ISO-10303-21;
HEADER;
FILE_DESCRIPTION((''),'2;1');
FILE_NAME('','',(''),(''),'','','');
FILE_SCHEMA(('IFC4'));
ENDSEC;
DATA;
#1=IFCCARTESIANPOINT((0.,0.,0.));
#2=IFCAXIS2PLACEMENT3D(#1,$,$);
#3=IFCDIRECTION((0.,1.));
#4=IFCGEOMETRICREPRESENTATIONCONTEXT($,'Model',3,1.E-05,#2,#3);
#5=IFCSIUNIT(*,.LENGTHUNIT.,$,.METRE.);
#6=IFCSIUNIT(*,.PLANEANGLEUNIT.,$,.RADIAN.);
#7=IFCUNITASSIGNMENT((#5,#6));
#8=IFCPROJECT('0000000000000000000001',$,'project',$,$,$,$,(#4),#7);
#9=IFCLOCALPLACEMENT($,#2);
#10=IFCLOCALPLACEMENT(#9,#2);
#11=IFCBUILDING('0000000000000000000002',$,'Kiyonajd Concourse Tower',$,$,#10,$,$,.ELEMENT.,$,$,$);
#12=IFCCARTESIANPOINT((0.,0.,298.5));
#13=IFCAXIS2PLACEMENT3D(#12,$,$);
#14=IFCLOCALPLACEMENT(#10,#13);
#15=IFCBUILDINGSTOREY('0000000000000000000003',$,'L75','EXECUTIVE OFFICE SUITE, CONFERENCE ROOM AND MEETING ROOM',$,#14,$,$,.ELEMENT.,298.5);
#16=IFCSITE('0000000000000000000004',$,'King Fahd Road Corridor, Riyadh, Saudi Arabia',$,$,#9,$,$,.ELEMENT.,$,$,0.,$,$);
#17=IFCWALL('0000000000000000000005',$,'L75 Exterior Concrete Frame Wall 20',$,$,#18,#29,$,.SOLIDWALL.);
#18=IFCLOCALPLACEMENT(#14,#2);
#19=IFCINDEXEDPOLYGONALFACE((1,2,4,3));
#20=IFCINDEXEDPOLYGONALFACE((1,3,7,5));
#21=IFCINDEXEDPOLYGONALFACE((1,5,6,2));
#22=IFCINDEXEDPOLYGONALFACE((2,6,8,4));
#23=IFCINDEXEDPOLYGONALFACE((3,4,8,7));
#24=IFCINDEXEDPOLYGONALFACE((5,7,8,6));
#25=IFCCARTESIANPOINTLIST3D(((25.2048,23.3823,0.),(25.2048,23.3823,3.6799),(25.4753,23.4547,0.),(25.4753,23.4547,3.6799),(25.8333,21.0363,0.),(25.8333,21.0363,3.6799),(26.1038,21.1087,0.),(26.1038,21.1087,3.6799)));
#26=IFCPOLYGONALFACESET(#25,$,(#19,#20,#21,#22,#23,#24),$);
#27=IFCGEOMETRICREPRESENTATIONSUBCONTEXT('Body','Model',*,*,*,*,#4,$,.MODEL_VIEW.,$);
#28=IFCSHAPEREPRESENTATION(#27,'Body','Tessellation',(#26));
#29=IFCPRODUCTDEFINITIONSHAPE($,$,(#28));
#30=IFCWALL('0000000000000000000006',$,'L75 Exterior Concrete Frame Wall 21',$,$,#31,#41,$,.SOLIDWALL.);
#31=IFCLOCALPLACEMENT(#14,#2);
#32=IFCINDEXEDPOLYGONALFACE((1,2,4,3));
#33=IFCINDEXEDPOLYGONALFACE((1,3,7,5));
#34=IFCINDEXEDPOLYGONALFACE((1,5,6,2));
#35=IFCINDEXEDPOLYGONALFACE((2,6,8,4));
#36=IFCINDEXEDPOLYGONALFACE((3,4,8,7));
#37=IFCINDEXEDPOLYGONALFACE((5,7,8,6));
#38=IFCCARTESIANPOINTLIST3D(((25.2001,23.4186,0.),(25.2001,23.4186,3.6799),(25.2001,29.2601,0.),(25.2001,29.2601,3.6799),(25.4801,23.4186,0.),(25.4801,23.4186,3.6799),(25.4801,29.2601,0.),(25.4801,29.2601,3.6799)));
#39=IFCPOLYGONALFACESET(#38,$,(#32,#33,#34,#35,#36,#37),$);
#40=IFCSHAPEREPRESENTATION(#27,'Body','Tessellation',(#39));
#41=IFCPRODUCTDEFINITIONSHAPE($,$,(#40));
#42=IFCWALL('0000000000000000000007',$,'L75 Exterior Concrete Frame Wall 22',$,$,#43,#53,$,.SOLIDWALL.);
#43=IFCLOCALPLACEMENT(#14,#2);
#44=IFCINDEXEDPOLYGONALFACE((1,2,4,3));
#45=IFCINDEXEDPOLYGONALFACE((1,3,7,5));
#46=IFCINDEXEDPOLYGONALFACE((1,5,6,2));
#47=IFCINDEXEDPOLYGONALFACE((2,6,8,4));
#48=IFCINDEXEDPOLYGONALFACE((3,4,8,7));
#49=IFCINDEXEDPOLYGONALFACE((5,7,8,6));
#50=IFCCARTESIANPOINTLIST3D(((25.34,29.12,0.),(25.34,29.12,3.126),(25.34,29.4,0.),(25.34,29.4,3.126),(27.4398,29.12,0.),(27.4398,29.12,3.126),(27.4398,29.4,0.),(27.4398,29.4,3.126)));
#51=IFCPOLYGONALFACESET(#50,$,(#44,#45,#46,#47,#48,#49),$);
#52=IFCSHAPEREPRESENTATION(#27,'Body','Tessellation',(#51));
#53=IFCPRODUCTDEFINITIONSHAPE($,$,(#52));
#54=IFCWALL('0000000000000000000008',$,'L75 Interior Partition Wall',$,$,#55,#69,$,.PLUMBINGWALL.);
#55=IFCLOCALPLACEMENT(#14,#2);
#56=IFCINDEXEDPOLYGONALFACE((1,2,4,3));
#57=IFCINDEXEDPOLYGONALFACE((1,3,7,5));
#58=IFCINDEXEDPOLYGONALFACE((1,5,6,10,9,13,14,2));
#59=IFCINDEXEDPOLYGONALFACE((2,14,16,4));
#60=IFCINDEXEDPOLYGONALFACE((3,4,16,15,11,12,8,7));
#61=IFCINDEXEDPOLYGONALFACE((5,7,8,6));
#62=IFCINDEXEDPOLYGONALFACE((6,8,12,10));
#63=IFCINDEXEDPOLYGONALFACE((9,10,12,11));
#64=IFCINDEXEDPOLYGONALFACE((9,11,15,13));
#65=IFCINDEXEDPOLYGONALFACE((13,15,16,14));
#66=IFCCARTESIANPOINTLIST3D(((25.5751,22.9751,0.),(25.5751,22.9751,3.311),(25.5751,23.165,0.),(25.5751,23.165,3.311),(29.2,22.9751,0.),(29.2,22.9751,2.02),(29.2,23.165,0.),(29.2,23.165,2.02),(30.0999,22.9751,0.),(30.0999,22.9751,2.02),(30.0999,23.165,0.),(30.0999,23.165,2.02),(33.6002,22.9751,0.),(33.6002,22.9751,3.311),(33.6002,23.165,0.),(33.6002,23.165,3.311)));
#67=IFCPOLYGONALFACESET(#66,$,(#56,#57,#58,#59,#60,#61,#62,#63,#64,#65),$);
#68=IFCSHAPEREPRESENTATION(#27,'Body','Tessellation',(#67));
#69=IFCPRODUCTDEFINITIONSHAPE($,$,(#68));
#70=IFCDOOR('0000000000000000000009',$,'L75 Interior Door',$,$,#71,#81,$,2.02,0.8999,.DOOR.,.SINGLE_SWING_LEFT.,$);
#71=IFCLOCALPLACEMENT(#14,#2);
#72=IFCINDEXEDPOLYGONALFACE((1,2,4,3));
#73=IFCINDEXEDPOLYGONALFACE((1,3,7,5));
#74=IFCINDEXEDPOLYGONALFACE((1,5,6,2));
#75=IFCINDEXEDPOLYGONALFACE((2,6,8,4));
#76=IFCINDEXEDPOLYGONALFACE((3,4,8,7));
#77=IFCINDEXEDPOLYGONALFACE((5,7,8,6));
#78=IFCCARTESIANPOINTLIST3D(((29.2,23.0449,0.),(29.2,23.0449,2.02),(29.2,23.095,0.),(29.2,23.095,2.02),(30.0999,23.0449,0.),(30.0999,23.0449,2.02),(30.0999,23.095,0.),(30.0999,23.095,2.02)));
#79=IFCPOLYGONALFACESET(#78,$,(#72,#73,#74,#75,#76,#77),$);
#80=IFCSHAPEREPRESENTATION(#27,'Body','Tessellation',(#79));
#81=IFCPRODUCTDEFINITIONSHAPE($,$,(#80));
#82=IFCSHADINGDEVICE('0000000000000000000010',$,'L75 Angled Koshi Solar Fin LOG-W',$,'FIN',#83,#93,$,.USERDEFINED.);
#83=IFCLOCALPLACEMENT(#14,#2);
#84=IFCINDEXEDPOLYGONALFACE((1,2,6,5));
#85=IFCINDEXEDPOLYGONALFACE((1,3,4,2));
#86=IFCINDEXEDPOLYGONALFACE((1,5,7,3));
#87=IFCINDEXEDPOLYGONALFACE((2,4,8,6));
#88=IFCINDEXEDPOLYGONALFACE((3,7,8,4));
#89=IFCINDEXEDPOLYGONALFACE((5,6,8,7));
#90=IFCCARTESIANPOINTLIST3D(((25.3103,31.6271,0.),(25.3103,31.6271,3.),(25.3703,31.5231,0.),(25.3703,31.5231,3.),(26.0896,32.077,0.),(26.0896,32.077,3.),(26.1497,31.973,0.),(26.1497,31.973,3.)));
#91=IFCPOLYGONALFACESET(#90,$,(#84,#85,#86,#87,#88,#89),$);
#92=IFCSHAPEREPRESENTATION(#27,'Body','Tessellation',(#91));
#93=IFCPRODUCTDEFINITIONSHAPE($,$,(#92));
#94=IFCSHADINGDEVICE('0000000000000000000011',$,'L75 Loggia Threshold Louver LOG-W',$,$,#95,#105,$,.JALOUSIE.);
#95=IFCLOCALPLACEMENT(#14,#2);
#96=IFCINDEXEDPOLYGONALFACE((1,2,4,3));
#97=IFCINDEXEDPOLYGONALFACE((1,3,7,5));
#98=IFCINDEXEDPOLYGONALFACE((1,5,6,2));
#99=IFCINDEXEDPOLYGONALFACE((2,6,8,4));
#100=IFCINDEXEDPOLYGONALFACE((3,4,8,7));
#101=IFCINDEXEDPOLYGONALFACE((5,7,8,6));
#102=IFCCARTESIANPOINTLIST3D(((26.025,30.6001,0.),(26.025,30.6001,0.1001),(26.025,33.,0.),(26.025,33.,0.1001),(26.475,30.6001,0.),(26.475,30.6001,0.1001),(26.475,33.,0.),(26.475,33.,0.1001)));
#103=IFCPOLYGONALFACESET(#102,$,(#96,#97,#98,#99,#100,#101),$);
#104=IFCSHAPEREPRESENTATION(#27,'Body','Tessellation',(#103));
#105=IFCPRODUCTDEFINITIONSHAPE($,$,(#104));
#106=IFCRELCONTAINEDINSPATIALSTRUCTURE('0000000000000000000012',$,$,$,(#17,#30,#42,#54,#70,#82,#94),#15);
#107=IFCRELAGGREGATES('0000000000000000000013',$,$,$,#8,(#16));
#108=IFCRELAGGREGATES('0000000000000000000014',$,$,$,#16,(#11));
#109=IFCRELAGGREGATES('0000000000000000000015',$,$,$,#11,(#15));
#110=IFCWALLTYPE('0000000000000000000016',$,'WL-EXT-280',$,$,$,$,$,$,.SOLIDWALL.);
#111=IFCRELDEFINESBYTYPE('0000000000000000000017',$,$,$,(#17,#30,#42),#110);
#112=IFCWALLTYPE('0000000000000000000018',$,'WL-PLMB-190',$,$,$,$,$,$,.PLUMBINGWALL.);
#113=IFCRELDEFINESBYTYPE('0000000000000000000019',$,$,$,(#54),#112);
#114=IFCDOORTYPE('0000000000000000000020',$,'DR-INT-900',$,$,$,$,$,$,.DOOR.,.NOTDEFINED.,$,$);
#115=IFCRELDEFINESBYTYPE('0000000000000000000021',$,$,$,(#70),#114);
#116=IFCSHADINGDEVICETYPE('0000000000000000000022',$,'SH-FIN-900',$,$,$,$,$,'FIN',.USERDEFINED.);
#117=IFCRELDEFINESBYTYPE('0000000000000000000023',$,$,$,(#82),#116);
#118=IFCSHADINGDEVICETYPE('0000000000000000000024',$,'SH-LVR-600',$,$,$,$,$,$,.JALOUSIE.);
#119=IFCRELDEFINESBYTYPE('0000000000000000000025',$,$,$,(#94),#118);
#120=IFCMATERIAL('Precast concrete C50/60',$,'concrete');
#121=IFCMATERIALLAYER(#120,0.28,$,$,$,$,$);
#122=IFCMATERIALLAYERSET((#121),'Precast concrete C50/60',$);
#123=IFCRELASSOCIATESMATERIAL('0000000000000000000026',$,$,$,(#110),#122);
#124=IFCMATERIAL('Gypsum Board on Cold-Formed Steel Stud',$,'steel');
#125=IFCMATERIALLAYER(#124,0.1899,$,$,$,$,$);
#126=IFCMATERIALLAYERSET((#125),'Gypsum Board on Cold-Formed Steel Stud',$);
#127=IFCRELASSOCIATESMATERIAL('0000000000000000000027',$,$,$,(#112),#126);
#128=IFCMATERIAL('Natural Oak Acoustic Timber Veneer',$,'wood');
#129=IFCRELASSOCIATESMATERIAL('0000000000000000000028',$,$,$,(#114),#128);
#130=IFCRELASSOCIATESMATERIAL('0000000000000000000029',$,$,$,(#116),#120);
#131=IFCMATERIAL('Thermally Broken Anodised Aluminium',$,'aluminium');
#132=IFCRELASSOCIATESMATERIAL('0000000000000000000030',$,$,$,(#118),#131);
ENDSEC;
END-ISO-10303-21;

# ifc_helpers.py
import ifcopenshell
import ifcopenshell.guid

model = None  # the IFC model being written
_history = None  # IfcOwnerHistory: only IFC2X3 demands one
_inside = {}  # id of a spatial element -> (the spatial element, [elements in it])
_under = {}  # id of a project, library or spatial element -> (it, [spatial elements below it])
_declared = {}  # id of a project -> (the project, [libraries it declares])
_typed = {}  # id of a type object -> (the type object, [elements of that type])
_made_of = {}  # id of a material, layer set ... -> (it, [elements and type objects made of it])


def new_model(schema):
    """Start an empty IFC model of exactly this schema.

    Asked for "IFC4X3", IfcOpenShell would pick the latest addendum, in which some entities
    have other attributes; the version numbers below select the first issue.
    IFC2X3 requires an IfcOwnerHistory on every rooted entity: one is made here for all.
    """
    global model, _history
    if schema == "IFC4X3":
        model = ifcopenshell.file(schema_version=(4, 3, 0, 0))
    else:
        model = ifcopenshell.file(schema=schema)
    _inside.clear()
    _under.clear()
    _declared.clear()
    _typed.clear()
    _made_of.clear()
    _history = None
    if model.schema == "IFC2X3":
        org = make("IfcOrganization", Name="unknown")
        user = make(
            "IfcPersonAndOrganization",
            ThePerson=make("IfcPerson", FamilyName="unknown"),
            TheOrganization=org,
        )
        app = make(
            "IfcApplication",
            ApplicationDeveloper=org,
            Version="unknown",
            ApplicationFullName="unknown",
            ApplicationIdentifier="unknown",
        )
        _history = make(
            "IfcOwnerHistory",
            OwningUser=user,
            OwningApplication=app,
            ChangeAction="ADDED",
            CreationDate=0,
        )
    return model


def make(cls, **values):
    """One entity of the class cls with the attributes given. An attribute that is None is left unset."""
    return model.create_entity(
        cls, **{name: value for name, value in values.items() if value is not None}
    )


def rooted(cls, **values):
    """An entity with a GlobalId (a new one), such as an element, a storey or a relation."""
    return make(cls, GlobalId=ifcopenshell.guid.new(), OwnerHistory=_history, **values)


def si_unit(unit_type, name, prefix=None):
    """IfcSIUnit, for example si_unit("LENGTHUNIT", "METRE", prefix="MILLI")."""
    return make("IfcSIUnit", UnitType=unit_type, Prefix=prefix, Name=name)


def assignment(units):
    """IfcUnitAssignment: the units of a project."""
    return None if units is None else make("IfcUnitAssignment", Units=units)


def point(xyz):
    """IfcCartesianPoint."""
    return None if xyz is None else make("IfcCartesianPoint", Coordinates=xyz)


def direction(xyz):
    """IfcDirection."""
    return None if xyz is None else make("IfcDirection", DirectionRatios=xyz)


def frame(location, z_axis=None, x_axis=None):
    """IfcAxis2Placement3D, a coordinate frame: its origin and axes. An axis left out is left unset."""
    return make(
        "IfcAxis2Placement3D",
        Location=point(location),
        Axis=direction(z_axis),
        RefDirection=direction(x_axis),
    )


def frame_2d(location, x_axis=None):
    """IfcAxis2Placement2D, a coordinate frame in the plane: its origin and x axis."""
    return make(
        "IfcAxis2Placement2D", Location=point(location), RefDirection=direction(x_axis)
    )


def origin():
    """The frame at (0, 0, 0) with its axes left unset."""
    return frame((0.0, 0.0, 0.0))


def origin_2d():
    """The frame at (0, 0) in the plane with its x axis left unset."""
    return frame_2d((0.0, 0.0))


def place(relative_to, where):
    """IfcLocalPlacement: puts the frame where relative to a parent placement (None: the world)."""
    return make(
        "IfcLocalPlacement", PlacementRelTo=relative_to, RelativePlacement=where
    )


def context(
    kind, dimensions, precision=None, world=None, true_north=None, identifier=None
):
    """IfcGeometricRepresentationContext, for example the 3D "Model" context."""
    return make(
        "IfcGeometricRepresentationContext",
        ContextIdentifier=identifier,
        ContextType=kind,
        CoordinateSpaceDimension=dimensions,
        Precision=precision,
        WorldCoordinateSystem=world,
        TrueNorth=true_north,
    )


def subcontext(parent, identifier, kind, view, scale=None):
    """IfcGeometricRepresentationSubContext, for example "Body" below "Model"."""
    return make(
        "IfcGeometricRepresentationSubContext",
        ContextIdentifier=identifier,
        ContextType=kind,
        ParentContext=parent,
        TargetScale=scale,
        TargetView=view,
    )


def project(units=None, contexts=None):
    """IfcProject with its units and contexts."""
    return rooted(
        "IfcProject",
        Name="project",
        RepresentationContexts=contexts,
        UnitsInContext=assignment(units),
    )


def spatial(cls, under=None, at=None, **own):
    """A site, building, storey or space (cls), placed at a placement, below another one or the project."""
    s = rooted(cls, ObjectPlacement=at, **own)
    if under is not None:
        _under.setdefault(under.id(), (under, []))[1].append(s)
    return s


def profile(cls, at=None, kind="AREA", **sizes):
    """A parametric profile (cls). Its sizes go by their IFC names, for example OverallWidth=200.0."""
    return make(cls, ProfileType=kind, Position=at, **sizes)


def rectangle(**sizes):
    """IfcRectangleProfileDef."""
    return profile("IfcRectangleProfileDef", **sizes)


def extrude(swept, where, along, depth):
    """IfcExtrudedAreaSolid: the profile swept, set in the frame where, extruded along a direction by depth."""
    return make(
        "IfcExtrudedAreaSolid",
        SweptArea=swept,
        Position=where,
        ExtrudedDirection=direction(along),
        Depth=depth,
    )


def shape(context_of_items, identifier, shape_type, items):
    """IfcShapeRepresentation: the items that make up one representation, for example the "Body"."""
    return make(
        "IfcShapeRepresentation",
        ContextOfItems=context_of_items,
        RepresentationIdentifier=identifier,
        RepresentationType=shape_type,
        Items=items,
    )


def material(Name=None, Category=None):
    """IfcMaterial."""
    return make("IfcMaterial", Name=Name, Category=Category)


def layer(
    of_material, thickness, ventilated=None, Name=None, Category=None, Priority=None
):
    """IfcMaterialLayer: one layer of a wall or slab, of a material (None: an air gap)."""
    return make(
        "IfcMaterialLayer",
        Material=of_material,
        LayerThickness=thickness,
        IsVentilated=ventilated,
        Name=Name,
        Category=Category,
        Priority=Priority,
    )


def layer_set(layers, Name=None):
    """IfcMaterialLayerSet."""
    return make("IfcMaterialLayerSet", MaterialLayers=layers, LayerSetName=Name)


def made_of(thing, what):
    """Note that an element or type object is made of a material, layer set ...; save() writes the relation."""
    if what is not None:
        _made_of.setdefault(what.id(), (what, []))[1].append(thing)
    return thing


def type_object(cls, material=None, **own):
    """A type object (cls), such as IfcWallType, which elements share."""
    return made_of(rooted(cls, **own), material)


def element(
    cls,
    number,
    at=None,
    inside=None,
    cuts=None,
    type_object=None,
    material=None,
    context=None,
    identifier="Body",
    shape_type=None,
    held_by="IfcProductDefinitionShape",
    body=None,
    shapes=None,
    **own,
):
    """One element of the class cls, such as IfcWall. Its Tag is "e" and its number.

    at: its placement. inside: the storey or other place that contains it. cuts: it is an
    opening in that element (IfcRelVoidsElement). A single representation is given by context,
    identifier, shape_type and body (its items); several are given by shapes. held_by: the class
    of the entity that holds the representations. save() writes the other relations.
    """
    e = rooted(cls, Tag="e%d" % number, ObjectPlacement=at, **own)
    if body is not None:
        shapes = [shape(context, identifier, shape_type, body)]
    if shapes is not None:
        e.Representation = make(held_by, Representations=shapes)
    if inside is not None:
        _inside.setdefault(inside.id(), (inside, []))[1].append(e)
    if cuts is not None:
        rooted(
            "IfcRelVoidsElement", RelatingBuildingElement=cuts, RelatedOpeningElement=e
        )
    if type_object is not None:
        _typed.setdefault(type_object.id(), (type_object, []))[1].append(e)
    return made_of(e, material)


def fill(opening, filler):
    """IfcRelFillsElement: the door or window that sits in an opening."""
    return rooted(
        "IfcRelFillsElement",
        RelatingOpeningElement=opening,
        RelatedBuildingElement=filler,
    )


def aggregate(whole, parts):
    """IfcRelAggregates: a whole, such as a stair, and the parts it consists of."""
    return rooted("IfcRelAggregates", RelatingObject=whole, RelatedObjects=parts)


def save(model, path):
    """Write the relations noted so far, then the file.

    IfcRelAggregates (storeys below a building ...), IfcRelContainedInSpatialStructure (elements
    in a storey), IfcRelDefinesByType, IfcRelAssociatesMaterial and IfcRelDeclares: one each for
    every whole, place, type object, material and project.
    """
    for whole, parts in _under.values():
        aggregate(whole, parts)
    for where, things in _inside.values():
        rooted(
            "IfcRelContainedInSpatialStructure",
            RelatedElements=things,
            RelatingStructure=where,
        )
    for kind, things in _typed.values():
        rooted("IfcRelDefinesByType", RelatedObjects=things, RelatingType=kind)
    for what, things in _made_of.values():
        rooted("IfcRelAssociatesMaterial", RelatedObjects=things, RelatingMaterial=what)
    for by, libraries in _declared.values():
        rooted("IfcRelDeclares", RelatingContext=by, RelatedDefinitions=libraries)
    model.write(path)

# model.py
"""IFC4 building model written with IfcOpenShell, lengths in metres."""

from ifc_helpers import new_model, si_unit, direction, frame, frame_2d, origin, origin_2d, place, context, subcontext, project, spatial, rectangle, extrude, material, layer, layer_set, type_object, element, fill, save


model = new_model("IFC4")

# Units and contexts
model_context = context("Model", 3, precision=1e-05, world=origin(), true_north=direction((0.0, 1.0)))
body_context = subcontext(model_context, "Body", "Model", "MODEL_VIEW")
ifc_project = project(units=[si_unit("LENGTHUNIT", "METRE"), si_unit("PLANEANGLEUNIT", "RADIAN")], contexts=[model_context])

# Site, building, storey
site_placement = place(None, origin())
site = spatial("IfcSite", under=ifc_project, at=site_placement, Name="King Fahd Road Corridor, Riyadh, Saudi Arabia", CompositionType="ELEMENT", RefElevation=0.0)
building_placement = place(site_placement, origin())
building = spatial("IfcBuilding", under=site, at=building_placement, Name="Kiyonajd Concourse Tower", CompositionType="ELEMENT")
storey_placement = place(building_placement, frame((0.0, 0.0, 298.5)))
storey = spatial("IfcBuildingStorey", under=building, at=storey_placement, Name="L75", Description="EXECUTIVE OFFICE SUITE, CONFERENCE ROOM AND MEETING ROOM", CompositionType="ELEMENT", Elevation=298.5)

# Shared definitions
ifc_material_1 = material(Name="Precast concrete C50/60", Category="concrete")

# Walls
ifc_layer_1 = layer(ifc_material_1, 0.28)
ifc_layer_set_1 = layer_set([ifc_layer_1], Name="Precast concrete C50/60")
wall_type_1 = type_object("IfcWallType", Name="WL-EXT-280", PredefinedType="SOLIDWALL", material=ifc_layer_set_1)
wall_1_placement = place(storey_placement, frame((25.9685, 21.0725, 0.0), z_axis=(0.0, 0.0, 1.0), x_axis=(-0.258751, 0.965944, 0.0)))
element("IfcWall", 1, at=wall_1_placement, inside=storey, type_object=wall_type_1, Name="L75 Exterior Concrete Frame Wall 20", PredefinedType="SOLIDWALL", context=body_context, shape_type="SweptSolid", body=[
    extrude(rectangle(XDim=2.4287, YDim=0.28, at=frame_2d((1.2144, 0.0))), origin(), (0.0, 0.0, 1.0), 3.6799),
])
wall_2_placement = place(storey_placement, frame((25.3401, 23.4185, 0.0), z_axis=(0.0, 0.0, 1.0), x_axis=(0.0, 1.0, 0.0)))
element("IfcWall", 2, at=wall_2_placement, inside=storey, type_object=wall_type_1, Name="L75 Exterior Concrete Frame Wall 21", PredefinedType="SOLIDWALL", context=body_context, shape_type="SweptSolid", body=[
    extrude(rectangle(XDim=5.8416, YDim=0.28, at=frame_2d((2.9209, 0.0))), origin(), (0.0, 0.0, 1.0), 3.6799),
])
wall_3_placement = place(storey_placement, frame((25.3401, 29.26, 0.0), z_axis=(0.0, 0.0, 1.0), x_axis=(1.0, 0.0, 0.0)))
element("IfcWall", 3, at=wall_3_placement, inside=storey, type_object=wall_type_1, Name="L75 Exterior Concrete Frame Wall 22", PredefinedType="SOLIDWALL", context=body_context, shape_type="SweptSolid", body=[
    extrude(rectangle(XDim=2.0999, YDim=0.28, at=frame_2d((1.0498, 0.0))), origin(), (0.0, 0.0, 1.0), 3.126),
])

# Wall, opening, door
ifc_material_2 = material(Name="Gypsum Board on Cold-Formed Steel Stud", Category="steel")
ifc_layer_2 = layer(ifc_material_2, 0.1899)
ifc_layer_set_2 = layer_set([ifc_layer_2], Name="Gypsum Board on Cold-Formed Steel Stud")
wall_type_2 = type_object("IfcWallType", Name="WL-PLMB-190", PredefinedType="PLUMBINGWALL", material=ifc_layer_set_2)
wall_4_placement = place(storey_placement, frame((25.575, 23.0701, 0.0), z_axis=(0.0, 0.0, 1.0), x_axis=(1.0, 0.0, 0.0)))
wall_4 = element("IfcWall", 4, at=wall_4_placement, inside=storey, type_object=wall_type_2, Name="L75 Interior Partition Wall", PredefinedType="PLUMBINGWALL", context=body_context, shape_type="SweptSolid", body=[
    extrude(rectangle(XDim=8.0251, YDim=0.1899, at=frame_2d((4.0127, 0.0))), origin(), (0.0, 0.0, 1.0), 3.311),
])
opening_placement = place(wall_4_placement, frame((3.625, 0.0, 0.0)))
opening = element("IfcOpeningElement", 5, at=opening_placement, cuts=wall_4, PredefinedType="OPENING", context=body_context, shape_type="SweptSolid", body=[
    extrude(rectangle(XDim=0.8999, YDim=2.02, at=frame_2d((0.45, 1.01))), frame((0.0, 0.105, 0.0), z_axis=(0.0, -1.0, 0.0), x_axis=(1.0, 0.0, 0.0)), (0.0, 0.0, 1.0), 0.21),
])
ifc_material_3 = material(Name="Natural Oak Acoustic Timber Veneer", Category="wood")
door_type = type_object("IfcDoorType", Name="DR-INT-900", OperationType="NOTDEFINED", PredefinedType="DOOR", material=ifc_material_3)
door_placement = place(opening_placement, origin())
door = element("IfcDoor", 6, at=door_placement, inside=storey, type_object=door_type, Name="L75 Interior Door", OperationType="SINGLE_SWING_LEFT", OverallHeight=2.02, OverallWidth=0.8999, PredefinedType="DOOR", context=body_context, shape_type="SweptSolid", body=[
    extrude(rectangle(XDim=0.8999, YDim=2.02, at=frame_2d((0.45, 1.01))), frame((0.0, 0.0249, 0.0), z_axis=(0.0, -1.0, 0.0), x_axis=(1.0, 0.0, 0.0)), (0.0, 0.0, 1.0), 0.05),
])
fill(opening, door)

# Shading devices
shading_device_type_1 = type_object("IfcShadingDeviceType", Name="SH-FIN-900", ElementType="FIN", PredefinedType="USERDEFINED", material=ifc_material_1)
shading_device_1_placement = place(storey_placement, frame((25.73, 31.8, 0.0), z_axis=(0.0, 0.0, 1.0), x_axis=(0.866025, 0.5, 0.0)))
element("IfcShadingDevice", 7, at=shading_device_1_placement, inside=storey, type_object=shading_device_type_1, Name="L75 Angled Koshi Solar Fin LOG-W", ObjectType="FIN", PredefinedType="USERDEFINED", context=body_context, shape_type="SweptSolid", body=[
    extrude(rectangle(XDim=0.8999, YDim=0.1201, at=origin_2d()), origin(), (0.0, 0.0, 1.0), 3.0),
])
ifc_material_4 = material(Name="Thermally Broken Anodised Aluminium", Category="aluminium")
shading_device_type_2 = type_object("IfcShadingDeviceType", Name="SH-LVR-600", PredefinedType="JALOUSIE", material=ifc_material_4)
shading_device_2_placement = place(storey_placement, frame((26.25, 31.8, 0.0), z_axis=(0.0, 0.0, 1.0), x_axis=(0.0, 1.0, 0.0)))
element("IfcShadingDevice", 8, at=shading_device_2_placement, inside=storey, type_object=shading_device_type_2, Name="L75 Loggia Threshold Louver LOG-W", PredefinedType="JALOUSIE", context=body_context, shape_type="SweptSolid", body=[
    extrude(rectangle(XDim=2.3999, YDim=0.45, at=origin_2d()), origin(), (0.0, 0.0, 1.0), 0.1001),
])

save(model, "model.ifc")
